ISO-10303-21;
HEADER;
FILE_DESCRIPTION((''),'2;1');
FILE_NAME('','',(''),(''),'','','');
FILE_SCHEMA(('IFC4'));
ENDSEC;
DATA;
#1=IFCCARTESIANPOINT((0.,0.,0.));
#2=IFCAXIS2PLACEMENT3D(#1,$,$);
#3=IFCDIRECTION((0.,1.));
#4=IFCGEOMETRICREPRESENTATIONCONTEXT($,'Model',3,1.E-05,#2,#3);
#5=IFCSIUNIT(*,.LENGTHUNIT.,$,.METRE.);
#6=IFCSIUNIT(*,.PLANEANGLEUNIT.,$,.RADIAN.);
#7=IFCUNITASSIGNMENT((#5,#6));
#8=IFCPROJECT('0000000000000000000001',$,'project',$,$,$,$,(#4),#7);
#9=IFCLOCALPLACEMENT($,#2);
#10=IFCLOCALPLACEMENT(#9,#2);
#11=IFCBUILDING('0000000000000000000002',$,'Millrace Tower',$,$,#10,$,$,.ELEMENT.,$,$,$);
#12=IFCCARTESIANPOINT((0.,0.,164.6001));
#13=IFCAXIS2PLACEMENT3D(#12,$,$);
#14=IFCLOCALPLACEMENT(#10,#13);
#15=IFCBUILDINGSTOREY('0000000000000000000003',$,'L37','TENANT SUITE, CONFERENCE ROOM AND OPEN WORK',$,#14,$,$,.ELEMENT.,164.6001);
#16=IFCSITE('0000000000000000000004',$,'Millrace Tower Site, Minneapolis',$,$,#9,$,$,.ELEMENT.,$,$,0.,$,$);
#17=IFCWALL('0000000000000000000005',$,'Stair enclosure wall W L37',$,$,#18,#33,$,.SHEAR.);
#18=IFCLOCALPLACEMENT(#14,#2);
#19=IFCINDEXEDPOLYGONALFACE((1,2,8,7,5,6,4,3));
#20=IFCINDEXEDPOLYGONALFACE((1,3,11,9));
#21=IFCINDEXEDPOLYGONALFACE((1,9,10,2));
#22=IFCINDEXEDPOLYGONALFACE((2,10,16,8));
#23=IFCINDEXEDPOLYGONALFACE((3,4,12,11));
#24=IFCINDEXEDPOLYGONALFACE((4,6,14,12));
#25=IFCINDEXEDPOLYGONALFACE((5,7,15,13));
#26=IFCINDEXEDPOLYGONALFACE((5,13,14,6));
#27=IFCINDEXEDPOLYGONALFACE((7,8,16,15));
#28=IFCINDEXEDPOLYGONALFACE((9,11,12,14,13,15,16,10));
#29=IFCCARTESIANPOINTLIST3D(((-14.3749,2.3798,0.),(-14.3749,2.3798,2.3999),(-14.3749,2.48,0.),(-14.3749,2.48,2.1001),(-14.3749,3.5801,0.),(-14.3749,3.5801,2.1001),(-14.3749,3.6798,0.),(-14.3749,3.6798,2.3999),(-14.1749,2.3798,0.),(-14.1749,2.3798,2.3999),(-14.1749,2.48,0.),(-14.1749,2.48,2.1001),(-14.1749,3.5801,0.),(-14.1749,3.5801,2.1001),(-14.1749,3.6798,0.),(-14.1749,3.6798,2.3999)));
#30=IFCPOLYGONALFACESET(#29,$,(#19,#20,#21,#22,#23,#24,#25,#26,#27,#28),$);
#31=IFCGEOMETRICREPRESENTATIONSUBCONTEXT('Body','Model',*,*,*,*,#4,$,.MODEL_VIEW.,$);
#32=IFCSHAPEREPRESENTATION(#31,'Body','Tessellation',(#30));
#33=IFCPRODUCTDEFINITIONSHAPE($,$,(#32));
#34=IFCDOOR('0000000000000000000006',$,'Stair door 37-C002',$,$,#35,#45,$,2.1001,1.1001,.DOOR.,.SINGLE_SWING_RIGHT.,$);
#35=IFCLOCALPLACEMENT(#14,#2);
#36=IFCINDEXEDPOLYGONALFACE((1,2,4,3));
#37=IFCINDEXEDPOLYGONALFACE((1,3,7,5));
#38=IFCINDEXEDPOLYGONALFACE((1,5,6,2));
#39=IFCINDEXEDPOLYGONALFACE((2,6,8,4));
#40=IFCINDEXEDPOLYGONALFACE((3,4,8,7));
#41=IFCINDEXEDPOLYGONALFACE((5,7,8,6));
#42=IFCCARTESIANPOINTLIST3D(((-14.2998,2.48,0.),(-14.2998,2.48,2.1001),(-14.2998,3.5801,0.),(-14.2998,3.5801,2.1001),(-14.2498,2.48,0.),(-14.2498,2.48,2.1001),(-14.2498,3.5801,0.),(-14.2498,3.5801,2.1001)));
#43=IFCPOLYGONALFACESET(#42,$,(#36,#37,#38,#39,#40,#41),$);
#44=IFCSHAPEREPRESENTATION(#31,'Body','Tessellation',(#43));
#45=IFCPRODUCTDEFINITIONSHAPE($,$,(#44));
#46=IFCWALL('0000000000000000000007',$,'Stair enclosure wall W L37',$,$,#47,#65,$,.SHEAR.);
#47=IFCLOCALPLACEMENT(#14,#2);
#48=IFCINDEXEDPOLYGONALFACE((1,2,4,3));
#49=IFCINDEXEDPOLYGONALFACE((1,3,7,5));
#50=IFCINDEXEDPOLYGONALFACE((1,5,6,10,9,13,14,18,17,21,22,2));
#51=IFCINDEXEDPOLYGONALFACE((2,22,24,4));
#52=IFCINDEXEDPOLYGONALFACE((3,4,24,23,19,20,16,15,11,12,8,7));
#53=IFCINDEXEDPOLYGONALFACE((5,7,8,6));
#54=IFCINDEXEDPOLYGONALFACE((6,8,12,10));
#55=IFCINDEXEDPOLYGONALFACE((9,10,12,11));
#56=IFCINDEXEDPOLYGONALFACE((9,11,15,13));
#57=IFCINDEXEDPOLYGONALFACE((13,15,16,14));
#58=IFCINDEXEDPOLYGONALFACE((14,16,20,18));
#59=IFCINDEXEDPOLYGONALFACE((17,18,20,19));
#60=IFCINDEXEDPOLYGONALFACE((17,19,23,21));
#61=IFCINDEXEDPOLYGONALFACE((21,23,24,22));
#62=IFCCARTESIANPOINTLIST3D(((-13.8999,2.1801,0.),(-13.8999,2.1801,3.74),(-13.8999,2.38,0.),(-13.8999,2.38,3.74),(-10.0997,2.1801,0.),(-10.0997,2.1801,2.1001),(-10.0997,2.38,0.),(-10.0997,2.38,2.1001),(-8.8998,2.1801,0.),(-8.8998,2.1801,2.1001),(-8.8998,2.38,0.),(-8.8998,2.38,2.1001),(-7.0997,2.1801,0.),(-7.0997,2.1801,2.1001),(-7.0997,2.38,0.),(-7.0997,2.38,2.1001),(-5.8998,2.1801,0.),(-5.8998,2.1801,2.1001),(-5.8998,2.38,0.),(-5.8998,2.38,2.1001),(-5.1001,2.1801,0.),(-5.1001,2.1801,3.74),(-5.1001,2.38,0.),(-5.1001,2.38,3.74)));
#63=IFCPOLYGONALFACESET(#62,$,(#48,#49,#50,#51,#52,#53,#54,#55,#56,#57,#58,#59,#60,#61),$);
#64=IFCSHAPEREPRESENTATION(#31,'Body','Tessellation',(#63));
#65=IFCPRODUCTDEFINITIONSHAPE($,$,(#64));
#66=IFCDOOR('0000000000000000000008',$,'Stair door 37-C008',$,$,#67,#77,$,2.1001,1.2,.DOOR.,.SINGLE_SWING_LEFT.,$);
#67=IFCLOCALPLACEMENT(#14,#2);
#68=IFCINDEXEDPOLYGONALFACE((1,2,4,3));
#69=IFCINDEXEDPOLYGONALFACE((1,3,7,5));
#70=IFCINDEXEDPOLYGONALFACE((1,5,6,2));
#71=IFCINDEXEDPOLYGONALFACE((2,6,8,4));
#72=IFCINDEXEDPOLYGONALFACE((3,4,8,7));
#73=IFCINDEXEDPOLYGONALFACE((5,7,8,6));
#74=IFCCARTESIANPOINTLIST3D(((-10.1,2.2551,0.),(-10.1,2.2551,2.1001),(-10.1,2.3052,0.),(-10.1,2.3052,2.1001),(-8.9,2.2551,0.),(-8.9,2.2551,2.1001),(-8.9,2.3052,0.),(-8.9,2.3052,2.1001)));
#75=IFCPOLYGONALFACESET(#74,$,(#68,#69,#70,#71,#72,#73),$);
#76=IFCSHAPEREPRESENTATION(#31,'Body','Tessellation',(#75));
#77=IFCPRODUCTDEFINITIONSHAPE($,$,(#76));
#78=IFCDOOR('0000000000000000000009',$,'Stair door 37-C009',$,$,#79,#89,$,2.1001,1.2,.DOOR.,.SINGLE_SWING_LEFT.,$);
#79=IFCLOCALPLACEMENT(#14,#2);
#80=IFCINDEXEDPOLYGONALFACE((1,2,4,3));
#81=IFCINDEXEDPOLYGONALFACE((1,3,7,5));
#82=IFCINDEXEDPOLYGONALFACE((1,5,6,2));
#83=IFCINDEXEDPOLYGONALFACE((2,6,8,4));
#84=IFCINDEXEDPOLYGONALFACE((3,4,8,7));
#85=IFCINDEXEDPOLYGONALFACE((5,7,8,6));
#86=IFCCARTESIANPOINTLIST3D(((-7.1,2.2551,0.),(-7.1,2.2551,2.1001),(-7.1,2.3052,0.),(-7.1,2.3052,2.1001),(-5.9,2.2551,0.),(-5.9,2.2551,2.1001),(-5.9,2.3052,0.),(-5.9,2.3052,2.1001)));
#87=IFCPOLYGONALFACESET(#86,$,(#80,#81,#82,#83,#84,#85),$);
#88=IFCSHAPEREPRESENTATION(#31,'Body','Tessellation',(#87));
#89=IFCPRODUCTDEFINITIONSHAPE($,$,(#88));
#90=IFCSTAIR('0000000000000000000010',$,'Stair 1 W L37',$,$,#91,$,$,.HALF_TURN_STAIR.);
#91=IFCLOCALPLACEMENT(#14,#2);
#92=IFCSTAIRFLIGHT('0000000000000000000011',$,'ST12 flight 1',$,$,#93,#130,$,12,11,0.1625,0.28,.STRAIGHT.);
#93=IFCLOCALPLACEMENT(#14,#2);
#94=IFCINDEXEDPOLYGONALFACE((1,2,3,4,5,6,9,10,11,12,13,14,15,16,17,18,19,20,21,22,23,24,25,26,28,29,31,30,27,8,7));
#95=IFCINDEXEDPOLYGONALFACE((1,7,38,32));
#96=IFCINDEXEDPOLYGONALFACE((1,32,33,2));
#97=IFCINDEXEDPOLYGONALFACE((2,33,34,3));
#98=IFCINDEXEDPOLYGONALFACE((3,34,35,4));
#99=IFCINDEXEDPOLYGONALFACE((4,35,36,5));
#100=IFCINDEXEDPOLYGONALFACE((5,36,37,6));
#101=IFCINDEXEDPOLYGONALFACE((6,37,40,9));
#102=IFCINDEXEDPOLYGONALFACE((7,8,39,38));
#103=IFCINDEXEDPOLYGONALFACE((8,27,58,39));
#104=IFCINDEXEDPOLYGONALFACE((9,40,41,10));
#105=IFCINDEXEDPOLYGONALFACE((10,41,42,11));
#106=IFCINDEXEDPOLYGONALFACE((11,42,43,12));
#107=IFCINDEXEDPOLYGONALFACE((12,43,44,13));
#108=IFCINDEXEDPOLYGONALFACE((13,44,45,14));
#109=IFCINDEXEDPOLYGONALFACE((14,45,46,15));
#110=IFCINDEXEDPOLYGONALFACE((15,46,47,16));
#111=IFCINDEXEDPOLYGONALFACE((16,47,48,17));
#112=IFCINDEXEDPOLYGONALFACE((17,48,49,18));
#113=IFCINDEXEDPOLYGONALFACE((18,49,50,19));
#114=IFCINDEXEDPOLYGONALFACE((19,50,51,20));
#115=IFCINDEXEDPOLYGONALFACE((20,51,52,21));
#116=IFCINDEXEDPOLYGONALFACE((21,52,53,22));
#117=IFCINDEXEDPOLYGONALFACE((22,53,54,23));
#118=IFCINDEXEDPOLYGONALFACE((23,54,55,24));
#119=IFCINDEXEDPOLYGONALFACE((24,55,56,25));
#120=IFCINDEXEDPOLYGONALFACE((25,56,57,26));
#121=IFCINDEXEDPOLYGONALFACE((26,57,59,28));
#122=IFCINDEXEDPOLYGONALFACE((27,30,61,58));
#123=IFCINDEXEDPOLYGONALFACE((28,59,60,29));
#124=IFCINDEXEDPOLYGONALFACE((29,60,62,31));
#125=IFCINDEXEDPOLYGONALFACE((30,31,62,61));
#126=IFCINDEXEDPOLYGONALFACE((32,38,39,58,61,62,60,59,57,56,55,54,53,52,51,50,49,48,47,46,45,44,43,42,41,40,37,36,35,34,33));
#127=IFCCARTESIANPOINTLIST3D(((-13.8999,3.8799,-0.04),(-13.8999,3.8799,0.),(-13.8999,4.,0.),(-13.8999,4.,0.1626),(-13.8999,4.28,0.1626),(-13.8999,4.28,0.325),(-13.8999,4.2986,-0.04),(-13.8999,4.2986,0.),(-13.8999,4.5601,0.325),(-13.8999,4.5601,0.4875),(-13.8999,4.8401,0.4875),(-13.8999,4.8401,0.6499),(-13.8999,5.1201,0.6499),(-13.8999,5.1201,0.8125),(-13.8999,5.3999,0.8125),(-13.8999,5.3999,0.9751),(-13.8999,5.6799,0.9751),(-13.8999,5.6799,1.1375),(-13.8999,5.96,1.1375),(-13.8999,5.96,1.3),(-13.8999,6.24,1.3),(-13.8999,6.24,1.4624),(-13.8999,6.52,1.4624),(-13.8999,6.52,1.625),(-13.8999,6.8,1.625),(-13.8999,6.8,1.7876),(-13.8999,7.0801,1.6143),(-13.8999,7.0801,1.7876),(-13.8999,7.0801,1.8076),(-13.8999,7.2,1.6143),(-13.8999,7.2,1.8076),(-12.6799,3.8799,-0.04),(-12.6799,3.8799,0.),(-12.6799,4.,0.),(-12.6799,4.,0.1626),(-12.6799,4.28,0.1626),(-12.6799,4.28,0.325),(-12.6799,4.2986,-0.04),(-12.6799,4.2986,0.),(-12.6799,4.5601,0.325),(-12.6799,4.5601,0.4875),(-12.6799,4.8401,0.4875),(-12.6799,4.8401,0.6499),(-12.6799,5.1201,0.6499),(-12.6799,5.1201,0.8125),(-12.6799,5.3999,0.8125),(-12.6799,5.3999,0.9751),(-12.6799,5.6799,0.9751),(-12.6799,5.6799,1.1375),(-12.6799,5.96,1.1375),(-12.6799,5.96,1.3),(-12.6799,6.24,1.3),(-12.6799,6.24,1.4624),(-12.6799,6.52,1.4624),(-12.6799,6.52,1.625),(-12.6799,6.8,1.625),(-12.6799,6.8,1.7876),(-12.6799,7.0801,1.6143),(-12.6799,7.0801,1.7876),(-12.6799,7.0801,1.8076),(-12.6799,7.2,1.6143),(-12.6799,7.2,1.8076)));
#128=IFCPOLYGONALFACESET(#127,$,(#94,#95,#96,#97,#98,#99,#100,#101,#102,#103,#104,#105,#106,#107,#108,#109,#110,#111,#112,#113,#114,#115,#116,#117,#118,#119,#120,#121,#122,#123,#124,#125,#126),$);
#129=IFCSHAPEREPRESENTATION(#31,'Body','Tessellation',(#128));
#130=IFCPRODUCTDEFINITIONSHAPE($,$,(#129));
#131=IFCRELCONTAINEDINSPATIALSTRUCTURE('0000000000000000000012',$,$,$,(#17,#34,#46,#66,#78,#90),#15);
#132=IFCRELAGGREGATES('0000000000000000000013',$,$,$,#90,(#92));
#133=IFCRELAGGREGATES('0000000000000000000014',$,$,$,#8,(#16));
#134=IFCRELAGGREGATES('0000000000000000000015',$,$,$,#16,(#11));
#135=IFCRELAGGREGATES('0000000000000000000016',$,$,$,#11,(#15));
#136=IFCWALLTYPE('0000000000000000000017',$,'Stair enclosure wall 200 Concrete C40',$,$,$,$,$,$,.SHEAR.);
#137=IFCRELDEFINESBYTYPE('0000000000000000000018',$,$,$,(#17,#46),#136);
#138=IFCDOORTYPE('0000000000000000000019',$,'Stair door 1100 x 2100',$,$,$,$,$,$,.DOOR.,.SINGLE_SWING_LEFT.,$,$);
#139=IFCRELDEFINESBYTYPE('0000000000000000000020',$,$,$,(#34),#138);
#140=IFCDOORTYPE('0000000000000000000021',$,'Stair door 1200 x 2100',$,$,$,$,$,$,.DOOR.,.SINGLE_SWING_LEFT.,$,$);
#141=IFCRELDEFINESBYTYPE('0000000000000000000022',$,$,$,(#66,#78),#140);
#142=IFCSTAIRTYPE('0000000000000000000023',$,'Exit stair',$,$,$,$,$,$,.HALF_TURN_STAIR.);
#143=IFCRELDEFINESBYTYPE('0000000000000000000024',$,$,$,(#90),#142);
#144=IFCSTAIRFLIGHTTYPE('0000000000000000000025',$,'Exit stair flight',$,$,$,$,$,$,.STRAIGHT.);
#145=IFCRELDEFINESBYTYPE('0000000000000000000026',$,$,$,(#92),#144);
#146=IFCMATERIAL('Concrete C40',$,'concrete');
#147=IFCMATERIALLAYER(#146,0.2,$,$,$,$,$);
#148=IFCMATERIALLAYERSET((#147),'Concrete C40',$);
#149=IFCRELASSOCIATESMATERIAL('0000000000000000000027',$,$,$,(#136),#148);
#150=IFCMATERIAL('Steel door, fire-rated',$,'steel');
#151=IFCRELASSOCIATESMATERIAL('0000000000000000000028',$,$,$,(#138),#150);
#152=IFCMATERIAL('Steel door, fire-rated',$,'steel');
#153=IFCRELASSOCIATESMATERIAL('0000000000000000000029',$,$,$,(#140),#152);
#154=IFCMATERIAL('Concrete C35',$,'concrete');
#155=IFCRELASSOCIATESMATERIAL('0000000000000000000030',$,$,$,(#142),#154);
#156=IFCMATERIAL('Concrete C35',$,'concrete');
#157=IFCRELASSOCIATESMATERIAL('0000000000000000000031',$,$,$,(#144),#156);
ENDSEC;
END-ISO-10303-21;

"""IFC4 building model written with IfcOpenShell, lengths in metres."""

from ifc_helpers import new_model, si_unit, direction, frame, frame_2d, origin, place, context, subcontext, project, spatial, polyline, rectangle, outline, extrude, material, layer, layer_set, type_object, element, fill, aggregate, save


model = new_model("IFC4")

# Units and contexts
model_context = context("Model", 3, precision=1e-05, world=origin(), true_north=direction((0.0, 1.0)))
body_context = subcontext(model_context, "Body", "Model", "MODEL_VIEW")
ifc_project = project(units=[si_unit("LENGTHUNIT", "METRE"), si_unit("PLANEANGLEUNIT", "RADIAN")], contexts=[model_context])

# Site, building, storey
site_placement = place(None, origin())
site = spatial("IfcSite", under=ifc_project, at=site_placement, Name="Millrace Tower Site, Minneapolis", CompositionType="ELEMENT", RefElevation=0.0)
building_placement = place(site_placement, origin())
building = spatial("IfcBuilding", under=site, at=building_placement, Name="Millrace Tower", CompositionType="ELEMENT")
storey_placement = place(building_placement, frame((0.0, 0.0, 164.6001)))
storey = spatial("IfcBuildingStorey", under=building, at=storey_placement, Name="L37", Description="TENANT SUITE, CONFERENCE ROOM AND OPEN WORK", CompositionType="ELEMENT", Elevation=164.6001)

# Shared definitions
placement = place(storey_placement, origin())

# Wall, opening, door
ifc_material_1 = material(Name="Concrete C40", Category="concrete")
ifc_layer_1 = layer(ifc_material_1, 0.2)
ifc_layer_set_1 = layer_set([ifc_layer_1], Name="Concrete C40")
wall_type_1 = type_object("IfcWallType", Name="Stair enclosure wall 200 Concrete C40", PredefinedType="SHEAR", material=ifc_layer_set_1)
wall_1_placement = place(storey_placement, frame((-14.2749, 2.3799, 0.0), z_axis=(0.0, 0.0, 1.0), x_axis=(0.0, 1.0, 0.0)))
wall_1 = element("IfcWall", 1, at=wall_1_placement, inside=storey, type_object=wall_type_1, Name="Stair enclosure wall W L37", PredefinedType="SHEAR", context=body_context, shape_type="SweptSolid", body=[
    extrude(rectangle(XDim=1.3, YDim=0.2, at=frame_2d((0.6499, 0.0))), origin(), (0.0, 0.0, 1.0), 2.3999),
])
opening_1_placement = place(wall_1_placement, frame((0.1001, 0.0, 0.0)))
opening_1 = element("IfcOpeningElement", 2, at=opening_1_placement, cuts=wall_1, PredefinedType="OPENING", context=body_context, shape_type="SweptSolid", body=[
    extrude(rectangle(XDim=1.1001, YDim=2.1001, at=frame_2d((0.55, 1.05))), frame((0.0, 0.1099, 0.0), z_axis=(0.0, -1.0, 0.0), x_axis=(1.0, 0.0, 0.0)), (0.0, 0.0, 1.0), 0.22),
])
ifc_material_2 = material(Name="Steel door, fire-rated", Category="steel")
door_type_1 = type_object("IfcDoorType", Name="Stair door 1100 x 2100", OperationType="SINGLE_SWING_LEFT", PredefinedType="DOOR", material=ifc_material_2)
door_1_placement = place(opening_1_placement, origin())
door_1 = element("IfcDoor", 3, at=door_1_placement, inside=storey, type_object=door_type_1, Name="Stair door 37-C002", OperationType="SINGLE_SWING_RIGHT", OverallHeight=2.1001, OverallWidth=1.1001, PredefinedType="DOOR", context=body_context, shape_type="SweptSolid", body=[
    extrude(rectangle(XDim=1.1001, YDim=2.1001, at=frame_2d((0.55, 1.05))), frame((0.0, 0.0249, 0.0), z_axis=(0.0, -1.0, 0.0), x_axis=(1.0, 0.0, 0.0)), (0.0, 0.0, 1.0), 0.05),
])
fill(opening_1, door_1)

# Wall, openings, doors
wall_2_placement = place(storey_placement, frame((-13.8999, 2.28, 0.0), z_axis=(0.0, 0.0, 1.0), x_axis=(1.0, 0.0, 0.0)))
wall_2 = element("IfcWall", 4, at=wall_2_placement, inside=storey, type_object=wall_type_1, Name="Stair enclosure wall W L37", PredefinedType="SHEAR", context=body_context, shape_type="SweptSolid", body=[
    extrude(rectangle(XDim=8.7998, YDim=0.2, at=frame_2d((4.3999, 0.0))), origin(), (0.0, 0.0, 1.0), 3.74),
])
opening_2_placement = place(wall_2_placement, frame((3.8, 0.0, 0.0)))
opening_2 = element("IfcOpeningElement", 5, at=opening_2_placement, cuts=wall_2, PredefinedType="OPENING", context=body_context, shape_type="SweptSolid", body=[
    extrude(rectangle(XDim=1.2, YDim=2.1001, at=frame_2d((0.6001, 1.05))), frame((0.0, 0.1099, 0.0), z_axis=(0.0, -1.0, 0.0), x_axis=(1.0, 0.0, 0.0)), (0.0, 0.0, 1.0), 0.22),
])
opening_3_placement = place(wall_2_placement, frame((6.8, 0.0, 0.0)))
opening_3 = element("IfcOpeningElement", 6, at=opening_3_placement, cuts=wall_2, PredefinedType="OPENING", context=body_context, shape_type="SweptSolid", body=[
    extrude(rectangle(XDim=1.2, YDim=2.1001, at=frame_2d((0.6001, 1.05))), frame((0.0, 0.1099, 0.0), z_axis=(0.0, -1.0, 0.0), x_axis=(1.0, 0.0, 0.0)), (0.0, 0.0, 1.0), 0.22),
])
ifc_material_3 = material(Name="Steel door, fire-rated", Category="steel")
door_type_2 = type_object("IfcDoorType", Name="Stair door 1200 x 2100", OperationType="SINGLE_SWING_LEFT", PredefinedType="DOOR", material=ifc_material_3)
door_2_placement = place(opening_2_placement, frame((1.2, 0.0, 0.0), z_axis=(0.0, 0.0, 1.0), x_axis=(-1.0, 0.0, 0.0)))
door_2 = element("IfcDoor", 7, at=door_2_placement, inside=storey, type_object=door_type_2, Name="Stair door 37-C008", OperationType="SINGLE_SWING_LEFT", OverallHeight=2.1001, OverallWidth=1.2, PredefinedType="DOOR", context=body_context, shape_type="SweptSolid", body=[
    extrude(rectangle(XDim=1.2, YDim=2.1001, at=frame_2d((0.6001, 1.05))), frame((0.0, 0.0249, 0.0), z_axis=(0.0, -1.0, 0.0), x_axis=(1.0, 0.0, 0.0)), (0.0, 0.0, 1.0), 0.05),
])
fill(opening_2, door_2)
door_3_placement = place(opening_3_placement, frame((1.2, 0.0, 0.0), z_axis=(0.0, 0.0, 1.0), x_axis=(-1.0, 0.0, 0.0)))
door_3 = element("IfcDoor", 8, at=door_3_placement, inside=storey, type_object=door_type_2, Name="Stair door 37-C009", OperationType="SINGLE_SWING_LEFT", OverallHeight=2.1001, OverallWidth=1.2, PredefinedType="DOOR", context=body_context, shape_type="SweptSolid", body=[
    extrude(rectangle(XDim=1.2, YDim=2.1001, at=frame_2d((0.6001, 1.05))), frame((0.0, 0.0249, 0.0), z_axis=(0.0, -1.0, 0.0), x_axis=(1.0, 0.0, 0.0)), (0.0, 0.0, 1.0), 0.05),
])
fill(opening_3, door_3)

# Stair, stair flight
ifc_material_4 = material(Name="Concrete C35", Category="concrete")
stair_type = type_object("IfcStairType", Name="Exit stair", PredefinedType="HALF_TURN_STAIR", material=ifc_material_4)
stair = element("IfcStair", 9, at=placement, inside=storey, type_object=stair_type, Name="Stair 1 W L37", PredefinedType="HALF_TURN_STAIR")
ifc_material_5 = material(Name="Concrete C35", Category="concrete")
stair_flight_type = type_object("IfcStairFlightType", Name="Exit stair flight", PredefinedType="STRAIGHT", material=ifc_material_5)
stair_flight_placement = place(storey_placement, frame((-13.29, 4.0, 0.0), z_axis=(0.0, 0.0, 1.0), x_axis=(0.0, 1.0, 0.0)))
stair_flight = element("IfcStairFlight", 10, at=stair_flight_placement, type_object=stair_flight_type, Name="ST12 flight 1", NumberOfRisers=12, NumberOfTreads=11, PredefinedType="STRAIGHT", RiserHeight=0.1625, TreadLength=0.28, context=body_context, shape_type="SweptSolid", body=[
    extrude(outline(polyline([(-0.1201, -0.04), (-0.1201, 0.0), (0.0, 0.0), (0.0, 0.1626), (0.28, 0.1626), (0.28, 0.325), (0.5601, 0.325), (0.5601, 0.4875), (0.8401, 0.4875), (0.8401, 0.6499), (1.1201, 0.6499), (1.1201, 0.8125), (1.3999, 0.8125), (1.3999, 0.9751), (1.6799, 0.9751), (1.6799, 1.1375), (1.96, 1.1375), (1.96, 1.3), (2.24, 1.3), (2.24, 1.4624), (2.52, 1.4624), (2.52, 1.625), (2.8, 1.625), (2.8, 1.7876), (3.0801, 1.7876), (3.0801, 1.8076), (3.2, 1.8076), (3.2, 1.6143), (3.0801, 1.6143), (0.2986, 0.0), (0.2986, -0.04), (-0.1201, -0.04)])), frame((0.0, 0.6099, 0.0), z_axis=(0.0, -1.0, 0.0), x_axis=(1.0, 0.0, 0.0)), (0.0, 0.0, 1.0), 1.22),
])
aggregate(stair, [stair_flight])

save(model, "model.ifc")
